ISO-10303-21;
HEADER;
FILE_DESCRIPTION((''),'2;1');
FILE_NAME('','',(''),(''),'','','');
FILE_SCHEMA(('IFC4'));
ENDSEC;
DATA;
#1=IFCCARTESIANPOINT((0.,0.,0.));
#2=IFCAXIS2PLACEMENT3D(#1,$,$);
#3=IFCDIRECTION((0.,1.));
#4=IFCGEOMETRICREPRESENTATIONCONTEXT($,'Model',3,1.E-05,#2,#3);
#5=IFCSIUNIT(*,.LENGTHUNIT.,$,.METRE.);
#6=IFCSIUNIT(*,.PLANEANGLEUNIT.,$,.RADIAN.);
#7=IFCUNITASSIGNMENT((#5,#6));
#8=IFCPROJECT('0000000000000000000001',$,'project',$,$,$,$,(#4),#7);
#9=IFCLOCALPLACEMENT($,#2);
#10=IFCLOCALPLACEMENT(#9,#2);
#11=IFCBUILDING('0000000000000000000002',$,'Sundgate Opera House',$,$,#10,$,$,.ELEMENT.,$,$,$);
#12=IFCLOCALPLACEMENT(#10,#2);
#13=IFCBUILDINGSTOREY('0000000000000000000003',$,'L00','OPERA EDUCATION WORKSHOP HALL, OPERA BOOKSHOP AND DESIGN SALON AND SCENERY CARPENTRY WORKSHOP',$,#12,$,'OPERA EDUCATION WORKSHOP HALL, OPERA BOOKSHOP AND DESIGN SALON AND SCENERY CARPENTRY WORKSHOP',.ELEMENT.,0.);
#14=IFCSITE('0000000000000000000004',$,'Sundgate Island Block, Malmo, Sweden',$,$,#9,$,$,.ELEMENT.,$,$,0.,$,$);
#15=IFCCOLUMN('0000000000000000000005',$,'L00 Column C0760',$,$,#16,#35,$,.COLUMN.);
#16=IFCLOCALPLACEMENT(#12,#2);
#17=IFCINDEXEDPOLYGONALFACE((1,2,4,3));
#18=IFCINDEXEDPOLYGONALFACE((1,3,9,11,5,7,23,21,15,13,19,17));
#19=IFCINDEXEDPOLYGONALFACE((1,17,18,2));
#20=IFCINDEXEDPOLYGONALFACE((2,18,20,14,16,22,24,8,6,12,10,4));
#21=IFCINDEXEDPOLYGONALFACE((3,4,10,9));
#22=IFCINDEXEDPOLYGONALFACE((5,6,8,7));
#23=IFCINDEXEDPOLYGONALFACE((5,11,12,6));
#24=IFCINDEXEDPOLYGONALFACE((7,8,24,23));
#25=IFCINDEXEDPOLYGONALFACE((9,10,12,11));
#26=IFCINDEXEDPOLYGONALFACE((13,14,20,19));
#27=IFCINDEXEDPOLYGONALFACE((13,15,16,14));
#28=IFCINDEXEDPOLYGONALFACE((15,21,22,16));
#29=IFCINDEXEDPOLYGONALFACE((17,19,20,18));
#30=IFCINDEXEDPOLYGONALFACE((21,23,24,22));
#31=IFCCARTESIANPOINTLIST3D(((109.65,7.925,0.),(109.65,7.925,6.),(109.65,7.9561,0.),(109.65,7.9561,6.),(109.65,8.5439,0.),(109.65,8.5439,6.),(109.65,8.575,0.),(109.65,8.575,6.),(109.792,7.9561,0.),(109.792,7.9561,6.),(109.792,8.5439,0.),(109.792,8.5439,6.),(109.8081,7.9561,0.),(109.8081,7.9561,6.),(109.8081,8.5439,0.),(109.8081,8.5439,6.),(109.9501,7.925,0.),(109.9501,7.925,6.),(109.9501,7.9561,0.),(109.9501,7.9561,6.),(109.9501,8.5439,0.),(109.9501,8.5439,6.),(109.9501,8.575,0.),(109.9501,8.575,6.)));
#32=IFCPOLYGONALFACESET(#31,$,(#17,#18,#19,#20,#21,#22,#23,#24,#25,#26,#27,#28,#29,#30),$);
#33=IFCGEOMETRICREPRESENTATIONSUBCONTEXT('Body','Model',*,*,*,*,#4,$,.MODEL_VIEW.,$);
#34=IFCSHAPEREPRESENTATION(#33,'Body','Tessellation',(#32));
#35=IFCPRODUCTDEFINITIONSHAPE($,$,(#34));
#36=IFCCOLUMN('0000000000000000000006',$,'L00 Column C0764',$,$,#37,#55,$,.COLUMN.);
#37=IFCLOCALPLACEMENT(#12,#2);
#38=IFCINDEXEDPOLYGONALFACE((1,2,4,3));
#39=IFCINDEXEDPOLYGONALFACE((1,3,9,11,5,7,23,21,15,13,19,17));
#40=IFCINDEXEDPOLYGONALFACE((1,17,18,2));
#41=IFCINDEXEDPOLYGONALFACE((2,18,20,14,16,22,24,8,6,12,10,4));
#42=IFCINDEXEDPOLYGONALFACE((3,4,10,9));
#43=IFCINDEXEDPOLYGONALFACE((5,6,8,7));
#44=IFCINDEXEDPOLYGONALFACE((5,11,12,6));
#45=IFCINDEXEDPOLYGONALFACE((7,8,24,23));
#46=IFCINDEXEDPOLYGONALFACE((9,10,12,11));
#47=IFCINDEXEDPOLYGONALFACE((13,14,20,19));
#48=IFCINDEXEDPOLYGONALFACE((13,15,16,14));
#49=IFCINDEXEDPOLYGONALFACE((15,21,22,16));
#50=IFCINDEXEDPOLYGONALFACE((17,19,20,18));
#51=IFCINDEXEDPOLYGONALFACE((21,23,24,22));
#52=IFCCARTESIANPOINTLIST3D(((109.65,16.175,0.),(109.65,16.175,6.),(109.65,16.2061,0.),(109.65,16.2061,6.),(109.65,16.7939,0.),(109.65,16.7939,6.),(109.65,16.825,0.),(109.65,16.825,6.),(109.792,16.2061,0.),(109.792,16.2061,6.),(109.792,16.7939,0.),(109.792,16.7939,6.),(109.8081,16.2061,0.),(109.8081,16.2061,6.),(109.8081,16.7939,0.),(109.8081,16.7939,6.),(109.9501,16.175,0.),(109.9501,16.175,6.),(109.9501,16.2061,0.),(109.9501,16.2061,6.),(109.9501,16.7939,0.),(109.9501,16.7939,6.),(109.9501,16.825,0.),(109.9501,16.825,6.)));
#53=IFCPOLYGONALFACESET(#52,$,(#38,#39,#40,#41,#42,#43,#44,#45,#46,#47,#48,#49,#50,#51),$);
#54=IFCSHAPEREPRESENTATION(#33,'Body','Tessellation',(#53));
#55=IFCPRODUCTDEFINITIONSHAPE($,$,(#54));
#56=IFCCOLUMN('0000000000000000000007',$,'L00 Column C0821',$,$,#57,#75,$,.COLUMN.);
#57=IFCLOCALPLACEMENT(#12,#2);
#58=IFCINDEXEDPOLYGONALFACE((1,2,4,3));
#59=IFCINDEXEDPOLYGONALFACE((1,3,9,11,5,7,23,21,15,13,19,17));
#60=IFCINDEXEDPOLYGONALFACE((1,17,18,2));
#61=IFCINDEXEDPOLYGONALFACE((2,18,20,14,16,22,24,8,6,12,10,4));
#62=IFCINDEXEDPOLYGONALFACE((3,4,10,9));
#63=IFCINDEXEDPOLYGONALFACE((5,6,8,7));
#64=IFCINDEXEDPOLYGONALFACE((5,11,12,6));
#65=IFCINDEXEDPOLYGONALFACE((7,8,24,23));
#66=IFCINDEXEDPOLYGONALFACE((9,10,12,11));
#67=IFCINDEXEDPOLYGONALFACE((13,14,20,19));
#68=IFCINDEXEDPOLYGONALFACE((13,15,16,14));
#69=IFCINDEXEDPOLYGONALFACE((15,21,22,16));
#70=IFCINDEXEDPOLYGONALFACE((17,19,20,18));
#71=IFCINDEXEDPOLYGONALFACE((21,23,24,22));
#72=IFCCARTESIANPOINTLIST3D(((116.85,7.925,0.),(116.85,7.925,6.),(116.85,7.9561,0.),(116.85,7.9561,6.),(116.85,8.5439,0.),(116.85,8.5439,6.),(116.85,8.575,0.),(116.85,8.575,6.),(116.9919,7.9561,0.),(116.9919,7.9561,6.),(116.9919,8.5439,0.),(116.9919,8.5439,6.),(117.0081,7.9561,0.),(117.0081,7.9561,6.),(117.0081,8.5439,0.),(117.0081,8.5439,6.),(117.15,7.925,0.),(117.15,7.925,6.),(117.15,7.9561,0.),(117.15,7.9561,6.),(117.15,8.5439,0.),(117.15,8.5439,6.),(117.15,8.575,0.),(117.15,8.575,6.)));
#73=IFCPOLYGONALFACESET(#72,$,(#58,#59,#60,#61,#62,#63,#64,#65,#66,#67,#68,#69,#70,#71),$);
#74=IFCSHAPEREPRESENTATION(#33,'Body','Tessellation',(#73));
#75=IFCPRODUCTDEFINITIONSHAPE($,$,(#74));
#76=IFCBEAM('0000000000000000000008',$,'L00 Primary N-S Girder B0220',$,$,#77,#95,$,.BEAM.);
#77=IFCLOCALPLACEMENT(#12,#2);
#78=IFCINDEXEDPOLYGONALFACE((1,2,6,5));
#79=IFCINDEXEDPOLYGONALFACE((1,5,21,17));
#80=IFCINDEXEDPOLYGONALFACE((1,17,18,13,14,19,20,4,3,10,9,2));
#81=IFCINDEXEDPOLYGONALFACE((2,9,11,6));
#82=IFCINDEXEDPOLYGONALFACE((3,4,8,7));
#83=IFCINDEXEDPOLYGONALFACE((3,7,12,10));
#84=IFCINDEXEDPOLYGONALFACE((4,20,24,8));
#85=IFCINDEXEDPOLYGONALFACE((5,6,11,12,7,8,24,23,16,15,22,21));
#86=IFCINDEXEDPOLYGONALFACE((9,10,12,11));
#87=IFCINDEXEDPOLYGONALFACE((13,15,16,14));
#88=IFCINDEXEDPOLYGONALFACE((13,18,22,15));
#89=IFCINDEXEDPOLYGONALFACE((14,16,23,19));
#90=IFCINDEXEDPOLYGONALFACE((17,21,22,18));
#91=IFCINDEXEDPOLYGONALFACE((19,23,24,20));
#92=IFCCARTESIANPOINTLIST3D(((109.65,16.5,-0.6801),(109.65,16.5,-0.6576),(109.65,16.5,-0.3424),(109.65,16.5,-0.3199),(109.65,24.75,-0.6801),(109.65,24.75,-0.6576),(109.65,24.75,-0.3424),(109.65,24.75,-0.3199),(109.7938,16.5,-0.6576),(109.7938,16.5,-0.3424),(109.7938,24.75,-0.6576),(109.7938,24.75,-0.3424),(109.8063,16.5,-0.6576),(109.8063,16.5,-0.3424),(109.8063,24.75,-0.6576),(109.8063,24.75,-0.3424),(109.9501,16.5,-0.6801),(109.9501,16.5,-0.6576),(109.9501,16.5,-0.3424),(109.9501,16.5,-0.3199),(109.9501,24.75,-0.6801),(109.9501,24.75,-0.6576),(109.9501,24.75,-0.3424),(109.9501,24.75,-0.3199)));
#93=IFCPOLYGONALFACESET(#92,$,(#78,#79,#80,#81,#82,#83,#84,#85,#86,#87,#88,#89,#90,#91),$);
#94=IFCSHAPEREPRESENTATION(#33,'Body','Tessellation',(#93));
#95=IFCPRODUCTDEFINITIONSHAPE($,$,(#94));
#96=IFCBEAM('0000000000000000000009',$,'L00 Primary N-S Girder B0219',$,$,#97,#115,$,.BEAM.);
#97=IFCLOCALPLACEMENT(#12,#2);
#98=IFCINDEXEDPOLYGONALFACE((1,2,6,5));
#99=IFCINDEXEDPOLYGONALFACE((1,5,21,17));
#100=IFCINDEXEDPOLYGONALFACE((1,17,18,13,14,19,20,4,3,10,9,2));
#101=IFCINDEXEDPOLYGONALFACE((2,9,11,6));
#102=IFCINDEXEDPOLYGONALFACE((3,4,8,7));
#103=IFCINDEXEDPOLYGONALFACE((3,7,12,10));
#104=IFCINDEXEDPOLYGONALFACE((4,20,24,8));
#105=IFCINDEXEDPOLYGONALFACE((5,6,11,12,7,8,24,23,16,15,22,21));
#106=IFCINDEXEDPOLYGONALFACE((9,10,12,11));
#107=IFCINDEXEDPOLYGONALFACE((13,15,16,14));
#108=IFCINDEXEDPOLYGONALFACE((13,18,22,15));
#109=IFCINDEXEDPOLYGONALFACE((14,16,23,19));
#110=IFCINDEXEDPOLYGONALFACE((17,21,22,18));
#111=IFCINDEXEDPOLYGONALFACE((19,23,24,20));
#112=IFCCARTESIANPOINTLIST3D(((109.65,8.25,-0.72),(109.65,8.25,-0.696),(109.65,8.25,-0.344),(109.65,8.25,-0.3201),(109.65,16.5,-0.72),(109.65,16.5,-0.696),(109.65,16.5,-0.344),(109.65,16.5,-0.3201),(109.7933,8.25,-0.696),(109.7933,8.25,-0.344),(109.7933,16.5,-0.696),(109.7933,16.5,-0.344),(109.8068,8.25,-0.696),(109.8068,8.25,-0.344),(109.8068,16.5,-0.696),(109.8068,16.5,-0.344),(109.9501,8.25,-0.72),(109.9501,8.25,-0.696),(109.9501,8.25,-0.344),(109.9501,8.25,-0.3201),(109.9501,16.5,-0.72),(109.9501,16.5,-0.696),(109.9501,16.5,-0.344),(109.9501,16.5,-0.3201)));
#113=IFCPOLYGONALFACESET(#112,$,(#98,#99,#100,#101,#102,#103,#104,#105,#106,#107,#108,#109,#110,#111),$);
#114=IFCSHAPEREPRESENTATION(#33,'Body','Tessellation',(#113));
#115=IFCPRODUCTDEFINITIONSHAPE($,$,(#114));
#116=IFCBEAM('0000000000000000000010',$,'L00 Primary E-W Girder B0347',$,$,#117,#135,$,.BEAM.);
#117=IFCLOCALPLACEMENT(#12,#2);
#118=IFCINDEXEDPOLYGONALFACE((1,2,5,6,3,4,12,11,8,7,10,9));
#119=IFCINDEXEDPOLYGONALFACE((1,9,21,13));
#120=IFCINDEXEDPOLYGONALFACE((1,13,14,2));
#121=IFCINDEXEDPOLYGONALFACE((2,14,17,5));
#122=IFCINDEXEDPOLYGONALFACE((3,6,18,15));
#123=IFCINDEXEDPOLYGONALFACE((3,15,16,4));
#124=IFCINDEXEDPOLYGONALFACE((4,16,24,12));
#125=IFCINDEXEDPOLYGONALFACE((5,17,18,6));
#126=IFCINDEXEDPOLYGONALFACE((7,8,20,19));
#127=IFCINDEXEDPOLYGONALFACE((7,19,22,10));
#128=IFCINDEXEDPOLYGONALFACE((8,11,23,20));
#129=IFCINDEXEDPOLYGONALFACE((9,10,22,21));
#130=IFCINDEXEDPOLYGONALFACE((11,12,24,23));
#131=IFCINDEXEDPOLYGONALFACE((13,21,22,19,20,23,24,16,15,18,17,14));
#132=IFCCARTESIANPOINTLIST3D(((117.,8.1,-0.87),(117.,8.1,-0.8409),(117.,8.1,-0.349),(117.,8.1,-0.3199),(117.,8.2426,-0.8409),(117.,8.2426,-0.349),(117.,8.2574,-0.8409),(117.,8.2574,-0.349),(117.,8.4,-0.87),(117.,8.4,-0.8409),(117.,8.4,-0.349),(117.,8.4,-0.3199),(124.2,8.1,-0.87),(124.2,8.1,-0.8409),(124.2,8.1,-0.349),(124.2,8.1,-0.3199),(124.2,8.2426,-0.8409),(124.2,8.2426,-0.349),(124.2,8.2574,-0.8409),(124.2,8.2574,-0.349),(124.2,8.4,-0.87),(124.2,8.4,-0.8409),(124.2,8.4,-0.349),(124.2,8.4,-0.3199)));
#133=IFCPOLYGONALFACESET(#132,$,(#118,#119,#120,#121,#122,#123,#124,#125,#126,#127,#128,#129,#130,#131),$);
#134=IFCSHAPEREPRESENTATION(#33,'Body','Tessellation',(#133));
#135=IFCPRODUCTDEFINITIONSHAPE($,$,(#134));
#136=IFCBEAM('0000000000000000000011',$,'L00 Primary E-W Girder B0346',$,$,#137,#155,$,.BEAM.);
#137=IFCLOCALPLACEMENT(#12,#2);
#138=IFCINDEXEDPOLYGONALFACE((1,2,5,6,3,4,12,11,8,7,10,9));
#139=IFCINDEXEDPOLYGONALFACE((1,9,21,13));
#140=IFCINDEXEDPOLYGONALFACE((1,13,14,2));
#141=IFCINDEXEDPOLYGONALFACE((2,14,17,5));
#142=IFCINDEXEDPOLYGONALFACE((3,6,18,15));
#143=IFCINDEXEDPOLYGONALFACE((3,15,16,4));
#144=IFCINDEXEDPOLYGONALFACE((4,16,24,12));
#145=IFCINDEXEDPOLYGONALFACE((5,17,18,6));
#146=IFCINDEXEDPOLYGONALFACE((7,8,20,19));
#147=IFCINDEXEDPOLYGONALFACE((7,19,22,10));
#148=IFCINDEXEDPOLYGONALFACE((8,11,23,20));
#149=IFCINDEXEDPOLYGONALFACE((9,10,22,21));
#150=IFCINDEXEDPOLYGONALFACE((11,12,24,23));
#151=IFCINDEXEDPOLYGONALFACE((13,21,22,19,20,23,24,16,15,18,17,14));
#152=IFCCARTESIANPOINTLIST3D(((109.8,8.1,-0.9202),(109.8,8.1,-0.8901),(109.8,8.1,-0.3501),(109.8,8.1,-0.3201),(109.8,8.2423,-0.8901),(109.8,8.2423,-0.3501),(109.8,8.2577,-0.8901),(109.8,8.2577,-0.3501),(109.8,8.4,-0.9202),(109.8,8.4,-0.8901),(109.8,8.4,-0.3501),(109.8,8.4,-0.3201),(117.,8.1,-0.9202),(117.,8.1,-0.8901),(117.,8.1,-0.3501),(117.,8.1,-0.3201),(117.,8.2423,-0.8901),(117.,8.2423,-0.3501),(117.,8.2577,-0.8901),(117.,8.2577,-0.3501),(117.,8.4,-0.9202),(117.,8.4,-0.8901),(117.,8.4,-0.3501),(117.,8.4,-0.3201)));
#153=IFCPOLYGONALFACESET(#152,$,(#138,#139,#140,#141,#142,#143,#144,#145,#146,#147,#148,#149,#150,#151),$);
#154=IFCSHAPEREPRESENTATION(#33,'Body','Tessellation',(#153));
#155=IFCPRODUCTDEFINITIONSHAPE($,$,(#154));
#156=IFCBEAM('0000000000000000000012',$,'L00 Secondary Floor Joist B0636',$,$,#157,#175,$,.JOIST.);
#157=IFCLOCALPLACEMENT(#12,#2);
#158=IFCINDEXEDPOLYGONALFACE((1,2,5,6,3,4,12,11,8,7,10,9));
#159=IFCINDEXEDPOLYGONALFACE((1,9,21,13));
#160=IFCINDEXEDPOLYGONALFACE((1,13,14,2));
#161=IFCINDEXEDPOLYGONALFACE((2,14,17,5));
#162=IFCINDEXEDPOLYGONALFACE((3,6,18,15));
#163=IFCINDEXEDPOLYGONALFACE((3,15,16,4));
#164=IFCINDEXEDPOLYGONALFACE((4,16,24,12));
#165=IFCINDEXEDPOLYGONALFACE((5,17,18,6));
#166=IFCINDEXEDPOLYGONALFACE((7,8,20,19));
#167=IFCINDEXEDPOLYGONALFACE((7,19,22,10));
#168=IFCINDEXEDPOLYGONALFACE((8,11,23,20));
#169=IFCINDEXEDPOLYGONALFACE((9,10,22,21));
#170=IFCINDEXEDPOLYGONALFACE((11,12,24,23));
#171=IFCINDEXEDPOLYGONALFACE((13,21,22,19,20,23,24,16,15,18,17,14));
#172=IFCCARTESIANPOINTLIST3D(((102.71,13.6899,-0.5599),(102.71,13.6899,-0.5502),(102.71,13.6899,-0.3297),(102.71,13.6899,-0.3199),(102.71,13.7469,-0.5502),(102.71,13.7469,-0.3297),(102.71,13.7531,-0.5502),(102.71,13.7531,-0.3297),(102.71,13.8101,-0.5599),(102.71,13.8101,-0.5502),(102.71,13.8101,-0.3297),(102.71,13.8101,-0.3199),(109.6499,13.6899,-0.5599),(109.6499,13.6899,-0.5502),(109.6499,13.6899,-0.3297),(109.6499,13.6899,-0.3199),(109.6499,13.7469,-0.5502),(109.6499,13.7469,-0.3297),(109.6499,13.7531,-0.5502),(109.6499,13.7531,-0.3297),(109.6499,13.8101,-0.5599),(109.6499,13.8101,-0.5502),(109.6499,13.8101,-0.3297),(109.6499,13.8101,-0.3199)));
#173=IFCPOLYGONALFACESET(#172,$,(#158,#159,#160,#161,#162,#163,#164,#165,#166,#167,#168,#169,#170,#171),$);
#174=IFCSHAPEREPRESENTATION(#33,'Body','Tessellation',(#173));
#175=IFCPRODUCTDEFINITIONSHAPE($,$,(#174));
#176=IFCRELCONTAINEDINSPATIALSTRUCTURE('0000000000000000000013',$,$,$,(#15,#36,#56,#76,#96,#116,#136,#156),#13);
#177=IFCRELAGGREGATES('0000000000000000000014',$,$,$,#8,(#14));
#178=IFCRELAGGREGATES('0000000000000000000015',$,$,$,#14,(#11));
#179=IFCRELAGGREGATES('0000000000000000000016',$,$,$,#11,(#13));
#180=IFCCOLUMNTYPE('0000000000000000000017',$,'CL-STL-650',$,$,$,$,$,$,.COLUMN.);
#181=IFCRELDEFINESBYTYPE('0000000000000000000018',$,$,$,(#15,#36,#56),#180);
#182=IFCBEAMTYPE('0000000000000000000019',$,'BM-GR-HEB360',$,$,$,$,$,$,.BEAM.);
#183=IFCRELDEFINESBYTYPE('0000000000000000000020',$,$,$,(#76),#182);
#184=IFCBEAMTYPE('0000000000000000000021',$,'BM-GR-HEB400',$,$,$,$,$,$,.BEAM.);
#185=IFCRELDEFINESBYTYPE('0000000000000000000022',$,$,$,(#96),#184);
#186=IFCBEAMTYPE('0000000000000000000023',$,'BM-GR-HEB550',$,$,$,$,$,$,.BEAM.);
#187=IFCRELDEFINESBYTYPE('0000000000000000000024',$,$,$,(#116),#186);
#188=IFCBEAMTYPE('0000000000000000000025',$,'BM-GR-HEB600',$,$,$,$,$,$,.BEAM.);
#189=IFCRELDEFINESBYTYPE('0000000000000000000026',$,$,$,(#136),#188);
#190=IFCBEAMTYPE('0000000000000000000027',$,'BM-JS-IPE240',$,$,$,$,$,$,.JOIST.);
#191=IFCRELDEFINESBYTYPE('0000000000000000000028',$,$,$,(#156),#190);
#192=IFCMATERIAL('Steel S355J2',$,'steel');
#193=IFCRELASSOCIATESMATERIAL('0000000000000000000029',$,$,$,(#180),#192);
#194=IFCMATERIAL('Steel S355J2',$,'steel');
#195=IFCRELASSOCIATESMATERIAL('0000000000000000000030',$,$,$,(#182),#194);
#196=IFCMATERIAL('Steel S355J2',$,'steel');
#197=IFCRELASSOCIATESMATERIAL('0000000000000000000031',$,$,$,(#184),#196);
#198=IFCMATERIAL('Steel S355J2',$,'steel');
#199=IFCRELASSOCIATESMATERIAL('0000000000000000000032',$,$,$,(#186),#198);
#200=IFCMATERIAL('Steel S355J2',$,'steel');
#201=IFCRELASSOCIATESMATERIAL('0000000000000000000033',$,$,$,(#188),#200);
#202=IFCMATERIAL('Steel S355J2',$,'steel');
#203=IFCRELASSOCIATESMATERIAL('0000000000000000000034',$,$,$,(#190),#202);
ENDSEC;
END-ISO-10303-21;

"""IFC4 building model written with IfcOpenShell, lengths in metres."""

from ifc_helpers import new_model, si_unit, direction, frame, origin, origin_2d, place, context, subcontext, project, spatial, i_section, extrude, material, material_profile, profile_set, type_object, element, save


model = new_model("IFC4")

# Units and contexts
model_context = context("Model", 3, precision=1e-05, world=origin(), true_north=direction((0.0, 1.0)))
body_context = subcontext(model_context, "Body", "Model", "MODEL_VIEW")
ifc_project = project(units=[si_unit("LENGTHUNIT", "METRE"), si_unit("PLANEANGLEUNIT", "RADIAN")], contexts=[model_context])

# Site, building, storey
site_placement = place(None, origin())
site = spatial("IfcSite", under=ifc_project, at=site_placement, Name="Sundgate Island Block, Malmo, Sweden", CompositionType="ELEMENT", RefElevation=0.0)
building_placement = place(site_placement, origin())
building = spatial("IfcBuilding", under=site, at=building_placement, Name="Sundgate Opera House", CompositionType="ELEMENT")
storey_placement = place(building_placement, origin())
storey = spatial("IfcBuildingStorey", under=building, at=storey_placement, Name="L00", Description="OPERA EDUCATION WORKSHOP HALL, OPERA BOOKSHOP AND DESIGN SALON AND SCENERY CARPENTRY WORKSHOP", LongName="OPERA EDUCATION WORKSHOP HALL, OPERA BOOKSHOP AND DESIGN SALON AND SCENERY CARPENTRY WORKSHOP", CompositionType="ELEMENT", Elevation=0.0)

# Columns
ifc_material_1 = material(Name="Steel S355J2", Category="steel")
ifc_material_profile_1 = material_profile(ifc_material_1, i_section(OverallWidth=0.3, OverallDepth=0.6499, WebThickness=0.0161, FlangeThickness=0.031, at=origin_2d()), Name="HEB 650")
ifc_profile_set_1 = profile_set([ifc_material_profile_1], Name="Steel S355J2")
column_type = type_object("IfcColumnType", Name="CL-STL-650", PredefinedType="COLUMN", material=ifc_profile_set_1)
for number, where, z_axis, x_axis, name in (
    (1, (109.8, 8.25, 0.0), (0.0, 0.0, 1.0), (1.0, 0.0, 0.0), "L00 Column C0760"),
    (2, (109.8, 16.5, 0.0), (0.0, 0.0, 1.0), (1.0, 0.0, 0.0), "L00 Column C0764"),
    (3, (117.0, 8.25, 0.0), (0.0, 0.0, 1.0), (1.0, 0.0, 0.0), "L00 Column C0821"),
):
    element("IfcColumn", number, at=place(storey_placement, frame(where, z_axis=z_axis, x_axis=x_axis)), inside=storey, type_object=column_type, Name=name, PredefinedType="COLUMN", context=body_context, shape_type="SweptSolid", body=[
        extrude(i_section(OverallWidth=0.3, OverallDepth=0.6499, WebThickness=0.0161, FlangeThickness=0.031, at=origin_2d()), origin(), (0.0, 0.0, 1.0), 6.0),
    ])

# Beams
ifc_material_2 = material(Name="Steel S355J2", Category="steel")
ifc_material_profile_2 = material_profile(ifc_material_2, i_section(OverallWidth=0.3, OverallDepth=0.3601, WebThickness=0.0125, FlangeThickness=0.0225, at=origin_2d()), Name="HEB 360")
ifc_profile_set_2 = profile_set([ifc_material_profile_2], Name="Steel S355J2")
beam_type_1 = type_object("IfcBeamType", Name="BM-GR-HEB360", PredefinedType="BEAM", material=ifc_profile_set_2)
beam_1_placement = place(storey_placement, frame((109.8, 16.5, -0.5), z_axis=(0.0, 1.0, 0.0), x_axis=(-1.0, 0.0, 0.0)))
element("IfcBeam", 4, at=beam_1_placement, inside=storey, type_object=beam_type_1, Name="L00 Primary N-S Girder B0220", PredefinedType="BEAM", context=body_context, shape_type="SweptSolid", body=[
    extrude(i_section(OverallWidth=0.3, OverallDepth=0.3601, WebThickness=0.0125, FlangeThickness=0.0225, at=origin_2d()), origin(), (0.0, 0.0, 1.0), 8.25),
])
ifc_material_3 = material(Name="Steel S355J2", Category="steel")
ifc_material_profile_3 = material_profile(ifc_material_3, i_section(OverallWidth=0.3, OverallDepth=0.3999, WebThickness=0.0134, FlangeThickness=0.0239, at=origin_2d()), Name="HEB 400")
ifc_profile_set_3 = profile_set([ifc_material_profile_3], Name="Steel S355J2")
beam_type_2 = type_object("IfcBeamType", Name="BM-GR-HEB400", PredefinedType="BEAM", material=ifc_profile_set_3)
beam_2_placement = place(storey_placement, frame((109.8, 8.25, -0.52), z_axis=(0.0, 1.0, 0.0), x_axis=(-1.0, 0.0, 0.0)))
element("IfcBeam", 5, at=beam_2_placement, inside=storey, type_object=beam_type_2, Name="L00 Primary N-S Girder B0219", PredefinedType="BEAM", context=body_context, shape_type="SweptSolid", body=[
    extrude(i_section(OverallWidth=0.3, OverallDepth=0.3999, WebThickness=0.0134, FlangeThickness=0.0239, at=origin_2d()), origin(), (0.0, 0.0, 1.0), 8.25),
])
ifc_material_4 = material(Name="Steel S355J2", Category="steel")
ifc_material_profile_4 = material_profile(ifc_material_4, i_section(OverallWidth=0.3, OverallDepth=0.55, WebThickness=0.0149, FlangeThickness=0.0291, at=origin_2d()), Name="HEB 550")
ifc_profile_set_4 = profile_set([ifc_material_profile_4], Name="Steel S355J2")
beam_type_3 = type_object("IfcBeamType", Name="BM-GR-HEB550", PredefinedType="BEAM", material=ifc_profile_set_4)
beam_3_placement = place(storey_placement, frame((117.0, 8.25, -0.595), z_axis=(1.0, 0.0, 0.0), x_axis=(0.0, 1.0, 0.0)))
element("IfcBeam", 6, at=beam_3_placement, inside=storey, type_object=beam_type_3, Name="L00 Primary E-W Girder B0347", PredefinedType="BEAM", context=body_context, shape_type="SweptSolid", body=[
    extrude(i_section(OverallWidth=0.3, OverallDepth=0.55, WebThickness=0.0149, FlangeThickness=0.0291, at=origin_2d()), origin(), (0.0, 0.0, 1.0), 7.2),
])
ifc_material_5 = material(Name="Steel S355J2", Category="steel")
ifc_material_profile_5 = material_profile(ifc_material_5, i_section(OverallWidth=0.3, OverallDepth=0.6001, WebThickness=0.0154, FlangeThickness=0.03, at=origin_2d()), Name="HEB 600")
ifc_profile_set_5 = profile_set([ifc_material_profile_5], Name="Steel S355J2")
beam_type_4 = type_object("IfcBeamType", Name="BM-GR-HEB600", PredefinedType="BEAM", material=ifc_profile_set_5)
beam_4_placement = place(storey_placement, frame((109.8, 8.25, -0.6201), z_axis=(1.0, 0.0, 0.0), x_axis=(0.0, 1.0, 0.0)))
element("IfcBeam", 7, at=beam_4_placement, inside=storey, type_object=beam_type_4, Name="L00 Primary E-W Girder B0346", PredefinedType="BEAM", context=body_context, shape_type="SweptSolid", body=[
    extrude(i_section(OverallWidth=0.3, OverallDepth=0.6001, WebThickness=0.0154, FlangeThickness=0.03, at=origin_2d()), origin(), (0.0, 0.0, 1.0), 7.2),
])
ifc_material_6 = material(Name="Steel S355J2", Category="steel")
ifc_material_profile_6 = material_profile(ifc_material_6, i_section(OverallWidth=0.1201, OverallDepth=0.24, WebThickness=0.0061, FlangeThickness=0.0098, at=origin_2d()), Name="IPE 240")
ifc_profile_set_6 = profile_set([ifc_material_profile_6], Name="Steel S355J2")
beam_type_5 = type_object("IfcBeamType", Name="BM-JS-IPE240", PredefinedType="JOIST", material=ifc_profile_set_6)
beam_5_placement = place(storey_placement, frame((102.71, 13.75, -0.4399), z_axis=(1.0, 0.0, 0.0), x_axis=(0.0, 1.0, 0.0)))
element("IfcBeam", 8, at=beam_5_placement, inside=storey, type_object=beam_type_5, Name="L00 Secondary Floor Joist B0636", PredefinedType="JOIST", context=body_context, shape_type="SweptSolid", body=[
    extrude(i_section(OverallWidth=0.1201, OverallDepth=0.24, WebThickness=0.0061, FlangeThickness=0.0098, at=origin_2d()), origin(), (0.0, 0.0, 1.0), 6.9399),
])

save(model, "model.ifc")
